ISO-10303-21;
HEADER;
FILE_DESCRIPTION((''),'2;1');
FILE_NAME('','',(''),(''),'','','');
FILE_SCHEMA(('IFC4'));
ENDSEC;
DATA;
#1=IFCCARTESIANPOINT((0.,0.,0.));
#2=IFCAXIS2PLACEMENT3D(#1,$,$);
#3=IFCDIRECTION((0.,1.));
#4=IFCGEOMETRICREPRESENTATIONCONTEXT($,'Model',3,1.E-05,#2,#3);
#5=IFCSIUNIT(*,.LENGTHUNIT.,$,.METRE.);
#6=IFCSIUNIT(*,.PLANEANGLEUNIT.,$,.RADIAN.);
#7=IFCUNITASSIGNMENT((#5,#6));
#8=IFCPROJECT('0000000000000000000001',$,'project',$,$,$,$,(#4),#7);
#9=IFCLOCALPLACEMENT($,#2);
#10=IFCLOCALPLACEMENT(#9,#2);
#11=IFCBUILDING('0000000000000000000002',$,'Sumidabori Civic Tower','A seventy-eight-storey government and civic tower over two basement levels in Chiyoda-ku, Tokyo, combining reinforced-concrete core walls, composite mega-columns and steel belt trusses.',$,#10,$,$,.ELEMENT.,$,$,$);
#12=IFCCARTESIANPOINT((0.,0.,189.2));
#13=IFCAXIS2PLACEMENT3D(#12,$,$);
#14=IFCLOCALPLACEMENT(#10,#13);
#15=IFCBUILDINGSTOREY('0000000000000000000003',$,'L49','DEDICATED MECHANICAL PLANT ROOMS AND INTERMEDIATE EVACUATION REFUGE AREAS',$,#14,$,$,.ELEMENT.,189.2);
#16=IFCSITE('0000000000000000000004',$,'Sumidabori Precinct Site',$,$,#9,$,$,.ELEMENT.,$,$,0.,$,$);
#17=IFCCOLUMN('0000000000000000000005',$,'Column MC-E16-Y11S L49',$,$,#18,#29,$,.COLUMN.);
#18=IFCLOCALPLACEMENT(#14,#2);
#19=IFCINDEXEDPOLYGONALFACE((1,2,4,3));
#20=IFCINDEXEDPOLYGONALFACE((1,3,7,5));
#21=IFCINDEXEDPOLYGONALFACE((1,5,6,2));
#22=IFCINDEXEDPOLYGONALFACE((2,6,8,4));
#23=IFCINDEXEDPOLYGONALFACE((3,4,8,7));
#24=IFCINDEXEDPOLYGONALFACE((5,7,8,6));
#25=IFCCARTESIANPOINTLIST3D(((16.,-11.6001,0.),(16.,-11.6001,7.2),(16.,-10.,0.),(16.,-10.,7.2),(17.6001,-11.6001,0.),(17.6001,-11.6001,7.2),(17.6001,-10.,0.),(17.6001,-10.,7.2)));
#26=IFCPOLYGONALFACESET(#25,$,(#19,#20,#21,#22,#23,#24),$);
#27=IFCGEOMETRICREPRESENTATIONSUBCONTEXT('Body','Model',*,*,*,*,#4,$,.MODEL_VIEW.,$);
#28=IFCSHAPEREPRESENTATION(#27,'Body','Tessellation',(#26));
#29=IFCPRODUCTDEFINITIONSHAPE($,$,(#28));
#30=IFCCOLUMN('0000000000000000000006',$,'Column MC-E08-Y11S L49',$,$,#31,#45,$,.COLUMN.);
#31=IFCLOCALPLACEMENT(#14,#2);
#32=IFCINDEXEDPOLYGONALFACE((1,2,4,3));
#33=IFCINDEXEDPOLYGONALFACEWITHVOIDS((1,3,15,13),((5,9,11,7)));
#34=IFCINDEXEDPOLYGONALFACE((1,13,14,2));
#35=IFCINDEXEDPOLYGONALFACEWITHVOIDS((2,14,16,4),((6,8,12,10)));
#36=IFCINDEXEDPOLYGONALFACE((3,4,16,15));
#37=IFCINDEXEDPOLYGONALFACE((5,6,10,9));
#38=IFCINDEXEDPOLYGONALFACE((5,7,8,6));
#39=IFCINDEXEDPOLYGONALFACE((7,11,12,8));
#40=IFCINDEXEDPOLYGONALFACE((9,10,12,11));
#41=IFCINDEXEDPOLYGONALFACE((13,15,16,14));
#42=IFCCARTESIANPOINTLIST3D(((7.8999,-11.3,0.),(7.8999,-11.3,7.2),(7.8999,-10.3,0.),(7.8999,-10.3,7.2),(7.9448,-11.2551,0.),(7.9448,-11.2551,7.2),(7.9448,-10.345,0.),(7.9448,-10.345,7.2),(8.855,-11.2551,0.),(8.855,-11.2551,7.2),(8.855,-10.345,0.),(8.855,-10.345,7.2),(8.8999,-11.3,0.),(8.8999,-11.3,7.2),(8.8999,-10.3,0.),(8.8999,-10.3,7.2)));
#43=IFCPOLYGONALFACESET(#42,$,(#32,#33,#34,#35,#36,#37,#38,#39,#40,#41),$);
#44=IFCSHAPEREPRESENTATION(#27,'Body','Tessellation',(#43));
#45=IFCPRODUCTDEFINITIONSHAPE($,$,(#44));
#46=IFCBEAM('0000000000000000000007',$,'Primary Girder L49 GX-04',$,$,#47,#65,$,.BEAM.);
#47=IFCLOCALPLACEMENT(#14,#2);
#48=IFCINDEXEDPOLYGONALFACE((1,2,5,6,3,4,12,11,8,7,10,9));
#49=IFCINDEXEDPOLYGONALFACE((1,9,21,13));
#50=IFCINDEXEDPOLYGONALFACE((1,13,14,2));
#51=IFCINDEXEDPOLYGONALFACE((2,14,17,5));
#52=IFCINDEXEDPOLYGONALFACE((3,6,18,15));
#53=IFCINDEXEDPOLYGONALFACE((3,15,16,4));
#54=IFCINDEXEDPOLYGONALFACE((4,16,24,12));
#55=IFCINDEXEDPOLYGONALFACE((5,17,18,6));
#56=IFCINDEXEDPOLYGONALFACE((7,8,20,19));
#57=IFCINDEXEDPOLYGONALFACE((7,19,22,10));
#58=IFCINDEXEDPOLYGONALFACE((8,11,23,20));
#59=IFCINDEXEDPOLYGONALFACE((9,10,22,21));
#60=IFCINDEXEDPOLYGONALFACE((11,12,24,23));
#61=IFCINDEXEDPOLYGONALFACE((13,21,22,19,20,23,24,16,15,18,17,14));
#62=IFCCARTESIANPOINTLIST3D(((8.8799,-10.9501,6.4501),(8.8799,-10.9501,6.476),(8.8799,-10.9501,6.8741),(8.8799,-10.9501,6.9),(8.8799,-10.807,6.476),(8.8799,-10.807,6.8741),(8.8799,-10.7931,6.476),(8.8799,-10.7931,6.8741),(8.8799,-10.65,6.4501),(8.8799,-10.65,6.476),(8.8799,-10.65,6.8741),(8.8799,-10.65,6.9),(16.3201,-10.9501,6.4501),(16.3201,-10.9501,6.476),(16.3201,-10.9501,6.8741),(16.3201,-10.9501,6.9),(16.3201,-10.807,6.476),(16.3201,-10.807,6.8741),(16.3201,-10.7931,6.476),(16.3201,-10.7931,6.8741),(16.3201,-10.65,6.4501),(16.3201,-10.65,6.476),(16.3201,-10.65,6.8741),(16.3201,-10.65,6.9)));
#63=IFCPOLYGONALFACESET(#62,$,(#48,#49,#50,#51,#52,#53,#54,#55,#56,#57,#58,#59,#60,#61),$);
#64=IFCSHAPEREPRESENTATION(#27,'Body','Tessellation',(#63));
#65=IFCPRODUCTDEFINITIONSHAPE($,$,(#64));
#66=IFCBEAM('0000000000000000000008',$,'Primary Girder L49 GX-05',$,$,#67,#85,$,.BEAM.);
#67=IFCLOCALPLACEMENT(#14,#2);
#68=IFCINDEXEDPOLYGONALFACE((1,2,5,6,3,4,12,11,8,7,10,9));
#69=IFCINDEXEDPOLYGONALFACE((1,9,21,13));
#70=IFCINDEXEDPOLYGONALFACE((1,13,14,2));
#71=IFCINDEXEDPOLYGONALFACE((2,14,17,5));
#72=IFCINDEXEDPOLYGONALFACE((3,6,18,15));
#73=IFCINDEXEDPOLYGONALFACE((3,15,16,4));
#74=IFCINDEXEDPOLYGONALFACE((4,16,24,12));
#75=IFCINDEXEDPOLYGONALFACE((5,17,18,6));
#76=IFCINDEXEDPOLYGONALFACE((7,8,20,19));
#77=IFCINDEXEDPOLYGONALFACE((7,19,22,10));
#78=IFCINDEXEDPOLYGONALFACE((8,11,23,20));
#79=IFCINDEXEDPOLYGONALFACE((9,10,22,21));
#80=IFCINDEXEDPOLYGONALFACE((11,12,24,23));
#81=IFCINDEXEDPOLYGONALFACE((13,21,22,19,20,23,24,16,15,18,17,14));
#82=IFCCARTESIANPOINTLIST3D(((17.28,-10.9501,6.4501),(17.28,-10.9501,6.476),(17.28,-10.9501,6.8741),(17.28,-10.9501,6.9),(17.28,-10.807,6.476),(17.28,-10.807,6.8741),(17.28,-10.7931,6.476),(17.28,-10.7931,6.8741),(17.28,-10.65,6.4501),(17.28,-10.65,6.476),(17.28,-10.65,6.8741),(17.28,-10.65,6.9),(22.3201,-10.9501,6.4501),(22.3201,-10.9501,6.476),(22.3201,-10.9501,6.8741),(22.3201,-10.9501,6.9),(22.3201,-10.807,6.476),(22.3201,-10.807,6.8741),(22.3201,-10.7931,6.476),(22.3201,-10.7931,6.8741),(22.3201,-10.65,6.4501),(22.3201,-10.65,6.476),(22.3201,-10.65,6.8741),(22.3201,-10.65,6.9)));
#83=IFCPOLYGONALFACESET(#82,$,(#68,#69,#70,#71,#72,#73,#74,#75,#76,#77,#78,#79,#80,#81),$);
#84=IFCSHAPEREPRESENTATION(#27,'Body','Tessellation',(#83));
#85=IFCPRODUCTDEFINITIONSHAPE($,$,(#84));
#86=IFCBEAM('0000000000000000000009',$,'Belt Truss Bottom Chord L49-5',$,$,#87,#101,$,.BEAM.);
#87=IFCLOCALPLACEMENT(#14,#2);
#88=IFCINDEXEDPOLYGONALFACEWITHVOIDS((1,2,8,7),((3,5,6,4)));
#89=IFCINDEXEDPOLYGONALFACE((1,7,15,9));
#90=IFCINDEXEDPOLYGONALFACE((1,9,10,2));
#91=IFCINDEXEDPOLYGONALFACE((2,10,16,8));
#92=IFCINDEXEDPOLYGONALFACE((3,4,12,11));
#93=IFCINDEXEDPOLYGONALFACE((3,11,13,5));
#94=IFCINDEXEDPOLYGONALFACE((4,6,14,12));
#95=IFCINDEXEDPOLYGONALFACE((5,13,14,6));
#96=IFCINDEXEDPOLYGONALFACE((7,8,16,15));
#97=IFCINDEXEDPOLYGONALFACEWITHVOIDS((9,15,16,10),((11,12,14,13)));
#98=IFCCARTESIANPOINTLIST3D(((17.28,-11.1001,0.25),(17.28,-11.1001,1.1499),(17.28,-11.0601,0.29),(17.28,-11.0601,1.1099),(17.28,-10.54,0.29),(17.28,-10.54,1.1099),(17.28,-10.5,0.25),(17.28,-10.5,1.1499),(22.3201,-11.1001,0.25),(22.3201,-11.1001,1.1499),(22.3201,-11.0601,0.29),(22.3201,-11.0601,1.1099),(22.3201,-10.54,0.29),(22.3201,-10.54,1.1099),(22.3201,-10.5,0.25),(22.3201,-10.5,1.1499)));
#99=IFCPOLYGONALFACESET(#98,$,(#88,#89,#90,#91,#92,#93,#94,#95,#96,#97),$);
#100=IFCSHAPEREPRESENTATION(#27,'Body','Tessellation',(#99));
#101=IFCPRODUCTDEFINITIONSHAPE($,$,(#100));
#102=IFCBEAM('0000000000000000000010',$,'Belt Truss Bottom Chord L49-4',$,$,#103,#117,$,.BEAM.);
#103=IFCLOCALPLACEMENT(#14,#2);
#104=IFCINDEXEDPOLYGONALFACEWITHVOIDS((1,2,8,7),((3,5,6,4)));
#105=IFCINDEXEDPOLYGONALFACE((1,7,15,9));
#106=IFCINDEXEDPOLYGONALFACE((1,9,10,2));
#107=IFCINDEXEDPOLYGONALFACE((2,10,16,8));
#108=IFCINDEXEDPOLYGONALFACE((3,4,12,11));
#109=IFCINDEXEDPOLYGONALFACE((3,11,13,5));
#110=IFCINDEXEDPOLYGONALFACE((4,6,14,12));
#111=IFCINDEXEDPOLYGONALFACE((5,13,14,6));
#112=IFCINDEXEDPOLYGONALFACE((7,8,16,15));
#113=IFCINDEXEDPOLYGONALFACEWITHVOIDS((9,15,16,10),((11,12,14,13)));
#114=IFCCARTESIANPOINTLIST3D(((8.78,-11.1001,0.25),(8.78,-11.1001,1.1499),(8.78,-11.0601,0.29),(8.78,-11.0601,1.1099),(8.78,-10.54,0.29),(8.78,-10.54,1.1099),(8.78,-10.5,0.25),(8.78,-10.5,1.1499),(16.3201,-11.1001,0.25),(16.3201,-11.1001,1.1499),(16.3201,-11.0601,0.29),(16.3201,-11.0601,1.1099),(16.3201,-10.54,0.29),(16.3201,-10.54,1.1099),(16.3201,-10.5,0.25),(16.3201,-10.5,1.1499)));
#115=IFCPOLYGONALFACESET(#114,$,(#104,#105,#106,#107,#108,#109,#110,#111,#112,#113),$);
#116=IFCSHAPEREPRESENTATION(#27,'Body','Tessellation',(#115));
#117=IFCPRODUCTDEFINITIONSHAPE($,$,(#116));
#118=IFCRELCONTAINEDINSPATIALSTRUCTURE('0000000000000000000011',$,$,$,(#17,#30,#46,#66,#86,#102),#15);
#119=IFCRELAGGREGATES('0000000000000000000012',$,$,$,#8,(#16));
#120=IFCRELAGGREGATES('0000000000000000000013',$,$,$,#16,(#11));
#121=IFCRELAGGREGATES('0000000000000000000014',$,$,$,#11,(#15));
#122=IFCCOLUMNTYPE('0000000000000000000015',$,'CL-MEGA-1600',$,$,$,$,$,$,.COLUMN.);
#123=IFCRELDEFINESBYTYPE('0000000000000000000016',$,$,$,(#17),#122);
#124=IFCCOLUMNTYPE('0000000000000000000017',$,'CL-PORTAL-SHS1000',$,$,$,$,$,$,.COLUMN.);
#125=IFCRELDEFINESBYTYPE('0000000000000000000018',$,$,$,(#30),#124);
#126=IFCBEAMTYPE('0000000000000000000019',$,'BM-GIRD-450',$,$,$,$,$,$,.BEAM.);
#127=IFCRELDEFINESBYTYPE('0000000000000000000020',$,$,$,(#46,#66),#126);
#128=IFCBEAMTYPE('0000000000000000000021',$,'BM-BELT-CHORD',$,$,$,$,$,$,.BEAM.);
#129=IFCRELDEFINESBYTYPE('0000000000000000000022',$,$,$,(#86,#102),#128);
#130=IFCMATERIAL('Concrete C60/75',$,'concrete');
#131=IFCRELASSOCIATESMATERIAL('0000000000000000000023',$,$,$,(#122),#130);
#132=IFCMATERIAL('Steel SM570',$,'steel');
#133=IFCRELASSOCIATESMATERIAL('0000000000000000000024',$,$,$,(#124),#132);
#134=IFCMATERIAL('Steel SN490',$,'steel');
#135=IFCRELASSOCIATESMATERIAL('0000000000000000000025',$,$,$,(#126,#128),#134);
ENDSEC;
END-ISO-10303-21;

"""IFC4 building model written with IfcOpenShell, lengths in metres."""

from ifc_helpers import new_model, si_unit, direction, frame, origin, origin_2d, place, context, subcontext, project, spatial, rectangle, hollow_rectangle, i_section, extrude, source, transform, mapped, material, material_profile, profile_set, type_object, element, save


model = new_model("IFC4")

# Units and contexts
model_context = context("Model", 3, precision=1e-05, world=origin(), true_north=direction((0.0, 1.0)))
body_context = subcontext(model_context, "Body", "Model", "MODEL_VIEW")
ifc_project = project(units=[si_unit("LENGTHUNIT", "METRE"), si_unit("PLANEANGLEUNIT", "RADIAN")], contexts=[model_context])

# Site, building, storey
site_placement = place(None, origin())
site = spatial("IfcSite", under=ifc_project, at=site_placement, Name="Sumidabori Precinct Site", CompositionType="ELEMENT", RefElevation=0.0)
building_placement = place(site_placement, origin())
building = spatial("IfcBuilding", under=site, at=building_placement, Name="Sumidabori Civic Tower", Description="A seventy-eight-storey government and civic tower over two basement levels in Chiyoda-ku, Tokyo, combining reinforced-concrete core walls, composite mega-columns and steel belt trusses.", CompositionType="ELEMENT")
storey_placement = place(building_placement, frame((0.0, 0.0, 189.2)))
storey = spatial("IfcBuildingStorey", under=building, at=storey_placement, Name="L49", Description="DEDICATED MECHANICAL PLANT ROOMS AND INTERMEDIATE EVACUATION REFUGE AREAS", CompositionType="ELEMENT", Elevation=189.2)

# Columns
ifc_material_1 = material(Name="Concrete C60/75", Category="concrete")
ifc_material_profile_1 = material_profile(ifc_material_1, rectangle(XDim=1.6001, YDim=1.6001, at=origin_2d()), Name="RC 1600x1600")
ifc_profile_set_1 = profile_set([ifc_material_profile_1], Name="Concrete C60/75")
column_type_1 = type_object("IfcColumnType", Name="CL-MEGA-1600", PredefinedType="COLUMN", material=ifc_profile_set_1)
shared_shape_1 = source(origin(), body_context, "Body", "SweptSolid", [
    extrude(rectangle(XDim=1.6001, YDim=1.6001, at=origin_2d()), origin(), (0.0, 0.0, 1.0), 7.2),
])
column_1_placement = place(storey_placement, frame((16.8, -10.8, 0.0), z_axis=(0.0, 0.0, 1.0), x_axis=(1.0, 0.0, 0.0)))
element("IfcColumn", 1, at=column_1_placement, inside=storey, type_object=column_type_1, Name="Column MC-E16-Y11S L49", PredefinedType="COLUMN", context=body_context, shape_type="MappedRepresentation", body=[
    mapped(shared_shape_1, transform((0.0, 0.0, 0.0), x_axis=(1.0, 0.0, 0.0), y_axis=(0.0, 1.0, 0.0), z_axis=(0.0, 0.0, 1.0), scale=1.0)),
])
ifc_material_2 = material(Name="Steel SM570", Category="steel")
ifc_material_profile_2 = material_profile(ifc_material_2, hollow_rectangle(XDim=1.0, YDim=1.0, WallThickness=0.0449, at=origin_2d()), Name="SHS 1000x1000x45")
ifc_profile_set_2 = profile_set([ifc_material_profile_2], Name="Steel SM570")
column_type_2 = type_object("IfcColumnType", Name="CL-PORTAL-SHS1000", PredefinedType="COLUMN", material=ifc_profile_set_2)
shared_shape_2 = source(origin(), body_context, "Body", "SweptSolid", [
    extrude(hollow_rectangle(XDim=1.0, YDim=1.0, WallThickness=0.0449, at=origin_2d()), origin(), (0.0, 0.0, 1.0), 7.2),
])
column_2_placement = place(storey_placement, frame((8.3999, -10.8, 0.0), z_axis=(0.0, 0.0, 1.0), x_axis=(1.0, 0.0, 0.0)))
element("IfcColumn", 2, at=column_2_placement, inside=storey, type_object=column_type_2, Name="Column MC-E08-Y11S L49", PredefinedType="COLUMN", context=body_context, shape_type="MappedRepresentation", body=[
    mapped(shared_shape_2, transform((0.0, 0.0, 0.0), x_axis=(1.0, 0.0, 0.0), y_axis=(0.0, 1.0, 0.0), z_axis=(0.0, 0.0, 1.0), scale=1.0)),
])

# Beams
ifc_material_3 = material(Name="Steel SN490", Category="steel")
ifc_material_profile_3 = material_profile(ifc_material_3, i_section(OverallWidth=0.3, OverallDepth=0.45, WebThickness=0.0139, FlangeThickness=0.0259, at=origin_2d()), Name="HE 450 B")
ifc_profile_set_3 = profile_set([ifc_material_profile_3], Name="Steel SN490")
beam_type_1 = type_object("IfcBeamType", Name="BM-GIRD-450", PredefinedType="BEAM", material=ifc_profile_set_3)
shared_shape_3 = source(origin(), body_context, "Body", "SweptSolid", [
    extrude(i_section(OverallWidth=0.3, OverallDepth=0.45, WebThickness=0.0139, FlangeThickness=0.0259, at=origin_2d()), origin(), (0.0, 0.0, 1.0), 7.4402),
])
beam_1_placement = place(storey_placement, frame((8.8799, -10.8, 6.675), z_axis=(1.0, 0.0, 0.0), x_axis=(0.0, 1.0, 0.0)))
element("IfcBeam", 3, at=beam_1_placement, inside=storey, type_object=beam_type_1, Name="Primary Girder L49 GX-04", PredefinedType="BEAM", context=body_context, shape_type="MappedRepresentation", body=[
    mapped(shared_shape_3, transform((0.0, 0.0, 0.0), x_axis=(1.0, 0.0, 0.0), y_axis=(0.0, 1.0, 0.0), z_axis=(0.0, 0.0, 1.0), scale=1.0)),
])
shared_shape_4 = source(origin(), body_context, "Body", "SweptSolid", [
    extrude(i_section(OverallWidth=0.3, OverallDepth=0.45, WebThickness=0.0139, FlangeThickness=0.0259, at=origin_2d()), origin(), (0.0, 0.0, 1.0), 5.04),
])
beam_2_placement = place(storey_placement, frame((17.28, -10.8, 6.675), z_axis=(1.0, 0.0, 0.0), x_axis=(0.0, 1.0, 0.0)))
element("IfcBeam", 4, at=beam_2_placement, inside=storey, type_object=beam_type_1, Name="Primary Girder L49 GX-05", PredefinedType="BEAM", context=body_context, shape_type="MappedRepresentation", body=[
    mapped(shared_shape_4, transform((0.0, 0.0, 0.0), x_axis=(1.0, 0.0, 0.0), y_axis=(0.0, 1.0, 0.0), z_axis=(0.0, 0.0, 1.0), scale=1.0)),
])
ifc_material_profile_4 = material_profile(ifc_material_3, hollow_rectangle(XDim=0.6001, YDim=0.8999, WallThickness=0.04, at=origin_2d()), Name="RHS 900x600x40")
ifc_profile_set_4 = profile_set([ifc_material_profile_4], Name="Steel SN490")
beam_type_2 = type_object("IfcBeamType", Name="BM-BELT-CHORD", PredefinedType="BEAM", material=ifc_profile_set_4)
shared_shape_5 = source(origin(), body_context, "Body", "SweptSolid", [
    extrude(hollow_rectangle(XDim=0.6001, YDim=0.8999, WallThickness=0.04, at=origin_2d()), origin(), (0.0, 0.0, 1.0), 5.04),
])
beam_3_placement = place(storey_placement, frame((17.28, -10.8, 0.7), z_axis=(1.0, 0.0, 0.0), x_axis=(0.0, 1.0, 0.0)))
element("IfcBeam", 5, at=beam_3_placement, inside=storey, type_object=beam_type_2, Name="Belt Truss Bottom Chord L49-5", PredefinedType="BEAM", context=body_context, shape_type="MappedRepresentation", body=[
    mapped(shared_shape_5, transform((0.0, 0.0, 0.0), x_axis=(1.0, 0.0, 0.0), y_axis=(0.0, 1.0, 0.0), z_axis=(0.0, 0.0, 1.0), scale=1.0)),
])
shared_shape_6 = source(origin(), body_context, "Body", "SweptSolid", [
    extrude(hollow_rectangle(XDim=0.6001, YDim=0.8999, WallThickness=0.04, at=origin_2d()), origin(), (0.0, 0.0, 1.0), 7.54),
])
beam_4_placement = place(storey_placement, frame((8.78, -10.8, 0.7), z_axis=(1.0, 0.0, 0.0), x_axis=(0.0, 1.0, 0.0)))
element("IfcBeam", 6, at=beam_4_placement, inside=storey, type_object=beam_type_2, Name="Belt Truss Bottom Chord L49-4", PredefinedType="BEAM", context=body_context, shape_type="MappedRepresentation", body=[
    mapped(shared_shape_6, transform((0.0, 0.0, 0.0), x_axis=(1.0, 0.0, 0.0), y_axis=(0.0, 1.0, 0.0), z_axis=(0.0, 0.0, 1.0), scale=1.0)),
])

save(model, "model.ifc")
